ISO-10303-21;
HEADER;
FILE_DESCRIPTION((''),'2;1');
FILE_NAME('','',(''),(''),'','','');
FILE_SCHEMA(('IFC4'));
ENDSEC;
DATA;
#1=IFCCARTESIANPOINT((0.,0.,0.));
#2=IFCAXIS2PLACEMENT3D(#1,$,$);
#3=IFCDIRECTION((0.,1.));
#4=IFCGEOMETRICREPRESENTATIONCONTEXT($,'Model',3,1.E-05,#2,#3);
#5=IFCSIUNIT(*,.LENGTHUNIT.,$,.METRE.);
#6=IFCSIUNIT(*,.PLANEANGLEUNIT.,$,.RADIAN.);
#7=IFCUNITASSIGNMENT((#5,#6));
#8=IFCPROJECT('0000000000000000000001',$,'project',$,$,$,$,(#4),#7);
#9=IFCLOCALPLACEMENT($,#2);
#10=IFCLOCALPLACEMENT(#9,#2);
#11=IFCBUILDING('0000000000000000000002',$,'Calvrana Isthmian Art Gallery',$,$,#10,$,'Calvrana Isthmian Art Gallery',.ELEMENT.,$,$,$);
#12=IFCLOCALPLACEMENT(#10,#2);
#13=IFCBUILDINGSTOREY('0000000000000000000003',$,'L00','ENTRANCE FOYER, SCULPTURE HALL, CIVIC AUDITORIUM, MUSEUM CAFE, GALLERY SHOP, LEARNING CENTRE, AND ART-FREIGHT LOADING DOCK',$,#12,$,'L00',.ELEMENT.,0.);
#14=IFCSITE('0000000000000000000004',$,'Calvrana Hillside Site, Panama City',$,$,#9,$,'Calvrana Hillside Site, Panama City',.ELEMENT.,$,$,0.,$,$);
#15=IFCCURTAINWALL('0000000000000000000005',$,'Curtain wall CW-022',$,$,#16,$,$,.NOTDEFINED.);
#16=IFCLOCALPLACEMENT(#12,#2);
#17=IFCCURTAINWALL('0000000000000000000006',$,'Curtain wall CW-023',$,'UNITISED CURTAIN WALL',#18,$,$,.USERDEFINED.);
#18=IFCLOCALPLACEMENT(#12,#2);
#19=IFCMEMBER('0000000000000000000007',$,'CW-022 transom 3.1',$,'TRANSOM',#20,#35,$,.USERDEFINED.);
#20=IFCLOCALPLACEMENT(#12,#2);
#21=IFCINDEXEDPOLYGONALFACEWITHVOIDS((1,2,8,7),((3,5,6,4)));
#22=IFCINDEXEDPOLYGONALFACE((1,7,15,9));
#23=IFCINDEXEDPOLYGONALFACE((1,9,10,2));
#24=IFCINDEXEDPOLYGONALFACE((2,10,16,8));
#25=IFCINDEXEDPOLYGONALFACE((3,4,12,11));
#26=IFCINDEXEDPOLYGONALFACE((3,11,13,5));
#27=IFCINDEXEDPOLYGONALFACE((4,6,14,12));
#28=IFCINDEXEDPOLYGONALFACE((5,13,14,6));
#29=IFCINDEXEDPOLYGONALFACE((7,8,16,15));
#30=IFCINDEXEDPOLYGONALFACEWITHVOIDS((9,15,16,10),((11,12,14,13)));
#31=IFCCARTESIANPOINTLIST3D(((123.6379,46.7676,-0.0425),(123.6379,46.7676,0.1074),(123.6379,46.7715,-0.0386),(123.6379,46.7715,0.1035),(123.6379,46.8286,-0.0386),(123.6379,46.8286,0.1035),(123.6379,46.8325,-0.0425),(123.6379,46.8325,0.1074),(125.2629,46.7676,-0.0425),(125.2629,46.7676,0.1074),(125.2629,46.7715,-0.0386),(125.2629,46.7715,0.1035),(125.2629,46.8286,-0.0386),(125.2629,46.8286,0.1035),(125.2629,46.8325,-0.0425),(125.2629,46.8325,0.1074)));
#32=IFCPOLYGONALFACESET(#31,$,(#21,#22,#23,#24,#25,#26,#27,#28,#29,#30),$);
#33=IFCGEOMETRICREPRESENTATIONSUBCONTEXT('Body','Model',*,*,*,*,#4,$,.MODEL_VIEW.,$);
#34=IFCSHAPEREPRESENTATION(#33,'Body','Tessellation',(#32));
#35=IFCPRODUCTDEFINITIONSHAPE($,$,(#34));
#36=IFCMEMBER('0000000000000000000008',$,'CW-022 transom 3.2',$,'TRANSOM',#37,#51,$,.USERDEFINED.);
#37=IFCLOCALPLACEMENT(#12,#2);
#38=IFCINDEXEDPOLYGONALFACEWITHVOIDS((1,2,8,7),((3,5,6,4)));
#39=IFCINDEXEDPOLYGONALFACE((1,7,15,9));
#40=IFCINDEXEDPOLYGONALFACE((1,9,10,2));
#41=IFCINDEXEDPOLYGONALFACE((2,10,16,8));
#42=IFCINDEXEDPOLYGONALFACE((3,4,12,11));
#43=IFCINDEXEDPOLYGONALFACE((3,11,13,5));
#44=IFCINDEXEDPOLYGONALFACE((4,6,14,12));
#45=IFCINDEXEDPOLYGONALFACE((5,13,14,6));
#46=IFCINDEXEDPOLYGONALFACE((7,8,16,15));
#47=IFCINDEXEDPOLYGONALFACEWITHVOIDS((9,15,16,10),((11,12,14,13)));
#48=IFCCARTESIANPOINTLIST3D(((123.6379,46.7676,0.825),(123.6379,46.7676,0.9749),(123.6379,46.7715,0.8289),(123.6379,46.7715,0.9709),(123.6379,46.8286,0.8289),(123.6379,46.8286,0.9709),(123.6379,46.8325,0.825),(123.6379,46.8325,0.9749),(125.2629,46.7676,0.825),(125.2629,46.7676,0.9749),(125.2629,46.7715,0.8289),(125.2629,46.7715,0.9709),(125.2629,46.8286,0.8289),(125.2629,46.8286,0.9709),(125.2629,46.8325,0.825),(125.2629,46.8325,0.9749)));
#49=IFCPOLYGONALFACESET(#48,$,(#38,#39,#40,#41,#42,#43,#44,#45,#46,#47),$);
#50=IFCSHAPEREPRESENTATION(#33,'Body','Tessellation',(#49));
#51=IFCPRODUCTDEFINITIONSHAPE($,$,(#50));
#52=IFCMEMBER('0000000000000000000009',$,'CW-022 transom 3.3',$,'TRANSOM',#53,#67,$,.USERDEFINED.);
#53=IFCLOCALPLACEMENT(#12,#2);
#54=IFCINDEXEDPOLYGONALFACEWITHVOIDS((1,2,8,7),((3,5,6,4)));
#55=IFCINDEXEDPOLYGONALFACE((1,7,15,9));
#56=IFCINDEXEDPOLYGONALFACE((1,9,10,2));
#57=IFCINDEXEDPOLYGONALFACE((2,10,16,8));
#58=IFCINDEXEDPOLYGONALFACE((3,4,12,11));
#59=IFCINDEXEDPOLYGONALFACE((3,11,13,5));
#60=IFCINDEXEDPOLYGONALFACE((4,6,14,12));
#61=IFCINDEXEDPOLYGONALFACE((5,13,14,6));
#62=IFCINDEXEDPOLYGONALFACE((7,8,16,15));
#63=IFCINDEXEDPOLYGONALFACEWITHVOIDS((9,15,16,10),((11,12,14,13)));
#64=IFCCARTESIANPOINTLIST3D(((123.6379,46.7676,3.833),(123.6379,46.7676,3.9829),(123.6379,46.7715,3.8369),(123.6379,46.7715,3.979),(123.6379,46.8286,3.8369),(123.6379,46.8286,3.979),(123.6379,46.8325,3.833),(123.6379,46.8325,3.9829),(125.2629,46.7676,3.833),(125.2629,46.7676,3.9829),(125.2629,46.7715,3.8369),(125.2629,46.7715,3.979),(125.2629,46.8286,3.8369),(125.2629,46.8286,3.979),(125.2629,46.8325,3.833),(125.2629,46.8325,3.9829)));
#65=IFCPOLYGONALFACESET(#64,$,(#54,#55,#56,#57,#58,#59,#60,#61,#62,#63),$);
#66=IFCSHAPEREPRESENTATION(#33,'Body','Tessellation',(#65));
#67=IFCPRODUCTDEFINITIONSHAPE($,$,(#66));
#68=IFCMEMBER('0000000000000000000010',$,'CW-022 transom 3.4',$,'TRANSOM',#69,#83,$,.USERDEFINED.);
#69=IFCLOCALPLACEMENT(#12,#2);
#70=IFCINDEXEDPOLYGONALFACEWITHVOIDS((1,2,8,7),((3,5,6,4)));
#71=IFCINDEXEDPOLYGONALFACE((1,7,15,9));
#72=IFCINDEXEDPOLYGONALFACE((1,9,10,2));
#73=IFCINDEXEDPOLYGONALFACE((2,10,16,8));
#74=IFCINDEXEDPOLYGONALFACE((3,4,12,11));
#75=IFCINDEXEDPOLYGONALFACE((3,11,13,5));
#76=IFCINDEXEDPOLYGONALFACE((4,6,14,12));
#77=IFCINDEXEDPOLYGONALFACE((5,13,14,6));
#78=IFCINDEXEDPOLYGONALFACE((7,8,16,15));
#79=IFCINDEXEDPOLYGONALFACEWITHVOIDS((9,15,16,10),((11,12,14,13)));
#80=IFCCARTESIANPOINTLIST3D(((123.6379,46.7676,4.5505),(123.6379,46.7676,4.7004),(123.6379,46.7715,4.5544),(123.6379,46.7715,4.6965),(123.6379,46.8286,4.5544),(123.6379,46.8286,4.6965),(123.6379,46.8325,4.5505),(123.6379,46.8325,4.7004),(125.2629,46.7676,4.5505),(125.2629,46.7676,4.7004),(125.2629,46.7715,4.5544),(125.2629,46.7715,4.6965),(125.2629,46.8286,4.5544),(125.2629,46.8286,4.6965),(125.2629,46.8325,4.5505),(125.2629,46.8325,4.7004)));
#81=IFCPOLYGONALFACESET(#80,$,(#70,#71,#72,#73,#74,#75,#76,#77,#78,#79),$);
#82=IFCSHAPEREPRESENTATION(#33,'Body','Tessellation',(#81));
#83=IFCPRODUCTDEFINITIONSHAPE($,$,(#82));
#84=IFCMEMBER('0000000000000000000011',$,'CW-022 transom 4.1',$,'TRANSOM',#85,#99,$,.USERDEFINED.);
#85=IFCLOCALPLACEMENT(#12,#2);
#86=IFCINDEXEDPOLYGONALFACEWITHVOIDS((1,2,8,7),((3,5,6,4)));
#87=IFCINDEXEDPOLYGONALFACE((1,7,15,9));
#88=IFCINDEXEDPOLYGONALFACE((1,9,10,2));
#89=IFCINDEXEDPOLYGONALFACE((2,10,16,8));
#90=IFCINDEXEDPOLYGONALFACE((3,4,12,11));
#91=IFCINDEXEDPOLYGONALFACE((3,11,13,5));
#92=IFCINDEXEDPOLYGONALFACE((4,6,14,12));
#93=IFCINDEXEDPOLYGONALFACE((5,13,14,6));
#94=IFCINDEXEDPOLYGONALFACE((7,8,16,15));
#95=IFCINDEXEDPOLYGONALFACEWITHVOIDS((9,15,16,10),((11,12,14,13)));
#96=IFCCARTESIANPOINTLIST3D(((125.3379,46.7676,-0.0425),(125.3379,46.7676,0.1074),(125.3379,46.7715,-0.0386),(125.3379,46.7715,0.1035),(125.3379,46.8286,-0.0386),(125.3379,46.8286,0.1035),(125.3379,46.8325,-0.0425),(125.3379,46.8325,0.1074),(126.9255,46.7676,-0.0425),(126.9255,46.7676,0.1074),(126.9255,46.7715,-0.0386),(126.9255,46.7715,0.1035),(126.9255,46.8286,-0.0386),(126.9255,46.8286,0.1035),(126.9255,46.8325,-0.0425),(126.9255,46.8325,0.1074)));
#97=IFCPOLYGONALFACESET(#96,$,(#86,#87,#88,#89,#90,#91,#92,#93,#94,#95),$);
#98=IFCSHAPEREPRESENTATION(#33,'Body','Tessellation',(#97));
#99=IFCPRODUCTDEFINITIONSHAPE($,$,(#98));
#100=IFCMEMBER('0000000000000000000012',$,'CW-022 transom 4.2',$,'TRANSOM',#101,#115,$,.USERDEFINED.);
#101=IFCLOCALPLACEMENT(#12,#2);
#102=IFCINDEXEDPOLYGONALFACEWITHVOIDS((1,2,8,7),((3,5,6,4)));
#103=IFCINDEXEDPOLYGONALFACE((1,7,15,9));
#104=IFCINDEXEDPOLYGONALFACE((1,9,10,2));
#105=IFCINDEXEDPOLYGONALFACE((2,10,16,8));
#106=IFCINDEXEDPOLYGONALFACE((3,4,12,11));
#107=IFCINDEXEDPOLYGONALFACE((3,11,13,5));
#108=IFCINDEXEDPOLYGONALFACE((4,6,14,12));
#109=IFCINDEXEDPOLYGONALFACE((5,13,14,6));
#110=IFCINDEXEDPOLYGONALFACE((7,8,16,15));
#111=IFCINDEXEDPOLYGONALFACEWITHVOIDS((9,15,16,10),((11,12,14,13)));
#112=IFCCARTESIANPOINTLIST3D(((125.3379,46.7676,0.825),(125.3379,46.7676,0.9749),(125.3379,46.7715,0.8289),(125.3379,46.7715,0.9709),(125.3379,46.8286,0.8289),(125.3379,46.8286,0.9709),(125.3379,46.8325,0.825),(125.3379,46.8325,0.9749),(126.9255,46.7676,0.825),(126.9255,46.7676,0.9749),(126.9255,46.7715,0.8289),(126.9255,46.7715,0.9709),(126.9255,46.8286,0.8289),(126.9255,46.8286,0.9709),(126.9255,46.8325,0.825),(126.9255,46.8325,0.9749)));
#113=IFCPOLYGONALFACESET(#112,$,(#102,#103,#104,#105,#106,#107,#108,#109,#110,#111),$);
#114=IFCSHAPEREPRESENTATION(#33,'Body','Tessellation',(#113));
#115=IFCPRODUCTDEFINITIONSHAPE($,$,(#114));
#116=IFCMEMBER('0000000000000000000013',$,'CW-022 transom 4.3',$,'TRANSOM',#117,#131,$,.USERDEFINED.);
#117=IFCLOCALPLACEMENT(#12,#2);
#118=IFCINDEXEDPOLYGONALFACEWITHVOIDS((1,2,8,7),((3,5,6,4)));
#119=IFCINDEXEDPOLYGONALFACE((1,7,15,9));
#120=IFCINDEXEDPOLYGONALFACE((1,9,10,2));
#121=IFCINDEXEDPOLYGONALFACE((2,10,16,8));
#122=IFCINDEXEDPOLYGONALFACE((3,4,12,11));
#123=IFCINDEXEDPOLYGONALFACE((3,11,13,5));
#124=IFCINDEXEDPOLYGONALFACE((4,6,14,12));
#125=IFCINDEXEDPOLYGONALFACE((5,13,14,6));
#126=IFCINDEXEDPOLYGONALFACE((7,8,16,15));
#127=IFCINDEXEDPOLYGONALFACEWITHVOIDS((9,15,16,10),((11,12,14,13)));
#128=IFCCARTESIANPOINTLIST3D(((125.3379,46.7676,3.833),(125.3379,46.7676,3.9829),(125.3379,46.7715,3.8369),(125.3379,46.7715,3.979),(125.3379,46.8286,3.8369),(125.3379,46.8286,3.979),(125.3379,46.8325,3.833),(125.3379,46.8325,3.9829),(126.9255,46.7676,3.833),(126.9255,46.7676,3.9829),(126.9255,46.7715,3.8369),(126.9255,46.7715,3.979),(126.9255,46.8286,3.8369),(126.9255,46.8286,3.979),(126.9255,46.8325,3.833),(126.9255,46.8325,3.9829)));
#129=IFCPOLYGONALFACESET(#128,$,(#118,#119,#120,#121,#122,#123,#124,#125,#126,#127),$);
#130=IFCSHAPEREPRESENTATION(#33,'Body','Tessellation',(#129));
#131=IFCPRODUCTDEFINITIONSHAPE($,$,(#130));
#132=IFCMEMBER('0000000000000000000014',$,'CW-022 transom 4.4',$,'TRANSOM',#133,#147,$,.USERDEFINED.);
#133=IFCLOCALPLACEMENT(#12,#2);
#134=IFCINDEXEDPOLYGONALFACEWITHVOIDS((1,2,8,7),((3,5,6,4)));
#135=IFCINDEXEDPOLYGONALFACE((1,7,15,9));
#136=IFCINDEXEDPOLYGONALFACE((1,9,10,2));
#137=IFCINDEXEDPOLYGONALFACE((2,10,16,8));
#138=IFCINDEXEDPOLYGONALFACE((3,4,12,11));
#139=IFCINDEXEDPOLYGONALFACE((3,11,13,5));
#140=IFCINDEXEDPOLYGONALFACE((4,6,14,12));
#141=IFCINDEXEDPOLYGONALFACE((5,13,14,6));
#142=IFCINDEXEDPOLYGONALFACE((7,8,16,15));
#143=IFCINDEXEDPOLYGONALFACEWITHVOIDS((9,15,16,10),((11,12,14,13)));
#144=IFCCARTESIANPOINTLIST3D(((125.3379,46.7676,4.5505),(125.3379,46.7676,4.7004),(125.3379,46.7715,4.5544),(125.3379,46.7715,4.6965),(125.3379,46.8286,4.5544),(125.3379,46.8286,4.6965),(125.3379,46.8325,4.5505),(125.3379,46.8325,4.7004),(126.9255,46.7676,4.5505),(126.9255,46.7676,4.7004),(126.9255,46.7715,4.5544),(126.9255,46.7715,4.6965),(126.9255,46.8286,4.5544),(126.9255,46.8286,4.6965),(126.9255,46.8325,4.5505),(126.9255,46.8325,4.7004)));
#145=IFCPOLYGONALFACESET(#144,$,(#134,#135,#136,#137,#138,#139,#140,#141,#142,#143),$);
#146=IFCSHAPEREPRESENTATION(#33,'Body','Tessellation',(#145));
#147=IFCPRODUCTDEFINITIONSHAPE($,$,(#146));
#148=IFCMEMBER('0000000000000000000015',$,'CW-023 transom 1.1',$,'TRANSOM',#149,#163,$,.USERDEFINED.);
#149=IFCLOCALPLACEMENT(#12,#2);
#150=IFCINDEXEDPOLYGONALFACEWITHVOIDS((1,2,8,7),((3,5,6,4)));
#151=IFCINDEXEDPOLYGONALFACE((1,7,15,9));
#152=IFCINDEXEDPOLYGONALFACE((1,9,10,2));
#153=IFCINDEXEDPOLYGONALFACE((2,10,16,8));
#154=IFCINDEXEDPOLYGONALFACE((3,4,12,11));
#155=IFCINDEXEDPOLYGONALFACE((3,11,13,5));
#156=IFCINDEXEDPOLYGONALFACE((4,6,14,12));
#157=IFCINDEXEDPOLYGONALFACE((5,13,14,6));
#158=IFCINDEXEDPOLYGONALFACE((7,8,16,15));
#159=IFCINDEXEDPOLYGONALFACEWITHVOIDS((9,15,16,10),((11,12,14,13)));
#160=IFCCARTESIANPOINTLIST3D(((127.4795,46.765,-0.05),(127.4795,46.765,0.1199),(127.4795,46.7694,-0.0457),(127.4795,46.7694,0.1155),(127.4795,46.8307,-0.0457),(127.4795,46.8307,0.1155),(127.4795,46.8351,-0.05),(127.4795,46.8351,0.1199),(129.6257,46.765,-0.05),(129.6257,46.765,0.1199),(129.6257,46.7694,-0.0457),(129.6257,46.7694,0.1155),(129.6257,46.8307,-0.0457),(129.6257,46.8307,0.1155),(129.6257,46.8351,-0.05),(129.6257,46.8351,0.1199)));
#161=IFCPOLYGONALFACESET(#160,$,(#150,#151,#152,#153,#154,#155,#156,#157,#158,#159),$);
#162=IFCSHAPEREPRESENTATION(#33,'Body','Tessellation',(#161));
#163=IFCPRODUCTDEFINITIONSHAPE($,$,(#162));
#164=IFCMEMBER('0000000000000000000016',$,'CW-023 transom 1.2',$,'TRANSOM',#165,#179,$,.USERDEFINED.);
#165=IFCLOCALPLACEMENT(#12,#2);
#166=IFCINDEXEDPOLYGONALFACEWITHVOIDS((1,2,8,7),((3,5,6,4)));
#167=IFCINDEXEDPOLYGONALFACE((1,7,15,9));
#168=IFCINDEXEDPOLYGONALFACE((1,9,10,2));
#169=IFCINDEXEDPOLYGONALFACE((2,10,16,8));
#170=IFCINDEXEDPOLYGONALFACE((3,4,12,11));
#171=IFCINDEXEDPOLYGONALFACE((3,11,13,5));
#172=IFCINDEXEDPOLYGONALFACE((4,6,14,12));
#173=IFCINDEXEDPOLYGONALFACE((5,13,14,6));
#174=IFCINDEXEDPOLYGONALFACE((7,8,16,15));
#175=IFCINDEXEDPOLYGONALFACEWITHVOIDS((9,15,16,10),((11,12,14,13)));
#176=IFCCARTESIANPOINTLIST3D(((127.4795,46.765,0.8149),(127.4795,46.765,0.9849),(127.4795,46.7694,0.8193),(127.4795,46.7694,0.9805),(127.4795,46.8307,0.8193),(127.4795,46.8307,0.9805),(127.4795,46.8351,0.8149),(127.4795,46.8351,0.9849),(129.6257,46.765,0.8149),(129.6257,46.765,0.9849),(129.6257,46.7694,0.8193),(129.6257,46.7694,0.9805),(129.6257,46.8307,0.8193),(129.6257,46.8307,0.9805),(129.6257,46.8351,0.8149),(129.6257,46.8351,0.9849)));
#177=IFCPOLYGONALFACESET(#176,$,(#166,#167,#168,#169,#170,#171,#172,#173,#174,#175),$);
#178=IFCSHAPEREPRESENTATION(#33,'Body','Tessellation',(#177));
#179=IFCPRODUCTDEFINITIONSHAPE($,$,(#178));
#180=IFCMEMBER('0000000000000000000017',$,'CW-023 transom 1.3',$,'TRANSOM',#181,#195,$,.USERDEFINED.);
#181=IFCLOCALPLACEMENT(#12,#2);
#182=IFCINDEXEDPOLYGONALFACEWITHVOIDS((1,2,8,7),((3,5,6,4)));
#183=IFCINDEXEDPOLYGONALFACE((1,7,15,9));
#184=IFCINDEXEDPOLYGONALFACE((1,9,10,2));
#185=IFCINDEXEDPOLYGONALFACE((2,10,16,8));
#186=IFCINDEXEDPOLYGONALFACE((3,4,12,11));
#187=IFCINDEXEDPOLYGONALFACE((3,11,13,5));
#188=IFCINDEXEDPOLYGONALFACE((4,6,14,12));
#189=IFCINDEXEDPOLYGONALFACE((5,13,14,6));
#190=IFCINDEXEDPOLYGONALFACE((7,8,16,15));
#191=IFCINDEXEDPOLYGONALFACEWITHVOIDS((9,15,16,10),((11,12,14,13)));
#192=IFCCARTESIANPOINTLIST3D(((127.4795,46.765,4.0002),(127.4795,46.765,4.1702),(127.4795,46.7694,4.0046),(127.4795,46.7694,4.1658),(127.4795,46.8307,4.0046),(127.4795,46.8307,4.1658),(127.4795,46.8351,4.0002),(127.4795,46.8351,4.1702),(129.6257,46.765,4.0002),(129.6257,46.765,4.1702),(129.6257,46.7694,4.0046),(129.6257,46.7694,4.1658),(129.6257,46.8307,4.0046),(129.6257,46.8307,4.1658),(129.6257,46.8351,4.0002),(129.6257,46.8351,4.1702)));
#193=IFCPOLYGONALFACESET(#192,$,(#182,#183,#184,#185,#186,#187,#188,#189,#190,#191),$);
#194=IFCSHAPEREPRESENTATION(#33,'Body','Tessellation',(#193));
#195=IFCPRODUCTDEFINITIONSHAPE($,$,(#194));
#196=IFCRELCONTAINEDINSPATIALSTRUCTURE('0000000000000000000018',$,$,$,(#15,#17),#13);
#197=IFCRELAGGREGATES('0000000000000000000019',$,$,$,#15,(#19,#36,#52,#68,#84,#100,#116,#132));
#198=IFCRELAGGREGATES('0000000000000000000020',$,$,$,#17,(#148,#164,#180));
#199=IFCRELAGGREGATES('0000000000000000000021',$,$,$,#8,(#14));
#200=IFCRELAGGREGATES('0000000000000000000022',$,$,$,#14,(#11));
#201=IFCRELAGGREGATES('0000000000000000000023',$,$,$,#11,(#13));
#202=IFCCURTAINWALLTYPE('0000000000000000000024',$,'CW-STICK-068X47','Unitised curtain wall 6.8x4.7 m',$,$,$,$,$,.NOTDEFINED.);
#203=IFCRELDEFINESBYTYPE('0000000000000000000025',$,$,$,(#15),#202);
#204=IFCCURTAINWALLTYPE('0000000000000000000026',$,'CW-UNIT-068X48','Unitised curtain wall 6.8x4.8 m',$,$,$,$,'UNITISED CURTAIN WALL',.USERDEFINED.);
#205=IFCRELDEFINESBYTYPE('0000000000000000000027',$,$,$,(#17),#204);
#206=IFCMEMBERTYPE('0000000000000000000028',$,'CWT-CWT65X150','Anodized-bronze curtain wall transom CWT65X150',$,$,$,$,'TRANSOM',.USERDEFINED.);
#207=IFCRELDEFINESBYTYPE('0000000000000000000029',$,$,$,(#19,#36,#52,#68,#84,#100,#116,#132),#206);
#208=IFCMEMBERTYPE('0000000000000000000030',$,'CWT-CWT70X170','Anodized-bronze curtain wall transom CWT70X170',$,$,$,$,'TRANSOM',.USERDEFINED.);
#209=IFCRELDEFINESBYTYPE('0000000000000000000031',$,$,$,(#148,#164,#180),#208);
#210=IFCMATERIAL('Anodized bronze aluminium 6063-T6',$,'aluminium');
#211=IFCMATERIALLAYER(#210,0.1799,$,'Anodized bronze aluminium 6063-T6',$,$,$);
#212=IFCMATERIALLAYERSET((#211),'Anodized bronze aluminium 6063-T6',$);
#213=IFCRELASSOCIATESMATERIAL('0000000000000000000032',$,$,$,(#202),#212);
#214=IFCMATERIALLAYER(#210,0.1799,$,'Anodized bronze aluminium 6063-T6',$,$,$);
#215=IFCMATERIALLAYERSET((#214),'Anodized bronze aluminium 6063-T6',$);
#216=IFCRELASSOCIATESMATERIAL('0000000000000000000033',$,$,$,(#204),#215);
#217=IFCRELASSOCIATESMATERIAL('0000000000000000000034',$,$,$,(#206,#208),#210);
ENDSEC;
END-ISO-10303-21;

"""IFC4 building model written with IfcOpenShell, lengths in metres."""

from ifc_helpers import new_model, si_unit, direction, frame, origin, origin_2d, place, context, subcontext, project, spatial, hollow_rectangle, extrude, material, layer, layer_set, material_profile, profile_set, type_object, element, aggregate, save


model = new_model("IFC4")

# Units and contexts
model_context = context("Model", 3, precision=1e-05, world=origin(), true_north=direction((0.0, 1.0)))
body_context = subcontext(model_context, "Body", "Model", "MODEL_VIEW")
ifc_project = project(units=[si_unit("LENGTHUNIT", "METRE"), si_unit("PLANEANGLEUNIT", "RADIAN")], contexts=[model_context])

# Site, building, storey
site_placement = place(None, origin())
site = spatial("IfcSite", under=ifc_project, at=site_placement, Name="Calvrana Hillside Site, Panama City", LongName="Calvrana Hillside Site, Panama City", CompositionType="ELEMENT", RefElevation=0.0)
building_placement = place(site_placement, origin())
building = spatial("IfcBuilding", under=site, at=building_placement, Name="Calvrana Isthmian Art Gallery", LongName="Calvrana Isthmian Art Gallery", CompositionType="ELEMENT")
storey_placement = place(building_placement, origin())
storey = spatial("IfcBuildingStorey", under=building, at=storey_placement, Name="L00", Description="ENTRANCE FOYER, SCULPTURE HALL, CIVIC AUDITORIUM, MUSEUM CAFE, GALLERY SHOP, LEARNING CENTRE, AND ART-FREIGHT LOADING DOCK", LongName="L00", CompositionType="ELEMENT", Elevation=0.0)

# Curtain walls
ifc_material_1 = material(Name="Anodized bronze aluminium 6063-T6", Category="aluminium")
ifc_layer_1 = layer(ifc_material_1, 0.1799, Name="Anodized bronze aluminium 6063-T6")
ifc_layer_set_1 = layer_set([ifc_layer_1], Name="Anodized bronze aluminium 6063-T6")
curtain_wall_type_1 = type_object("IfcCurtainWallType", Name="CW-STICK-068X47", Description="Unitised curtain wall 6.8x4.7 m", PredefinedType="NOTDEFINED", material=ifc_layer_set_1)
curtain_wall_1_placement = place(storey_placement, origin())
curtain_wall_1 = element("IfcCurtainWall", 1, at=curtain_wall_1_placement, inside=storey, type_object=curtain_wall_type_1, Name="Curtain wall CW-022", PredefinedType="NOTDEFINED")
ifc_layer_2 = layer(ifc_material_1, 0.1799, Name="Anodized bronze aluminium 6063-T6")
ifc_layer_set_2 = layer_set([ifc_layer_2], Name="Anodized bronze aluminium 6063-T6")
curtain_wall_type_2 = type_object("IfcCurtainWallType", Name="CW-UNIT-068X48", Description="Unitised curtain wall 6.8x4.8 m", ElementType="UNITISED CURTAIN WALL", PredefinedType="USERDEFINED", material=ifc_layer_set_2)
curtain_wall_2_placement = place(storey_placement, origin())
curtain_wall_2 = element("IfcCurtainWall", 2, at=curtain_wall_2_placement, inside=storey, type_object=curtain_wall_type_2, Name="Curtain wall CW-023", ObjectType="UNITISED CURTAIN WALL", PredefinedType="USERDEFINED")

# Members
ifc_material_profile_1 = material_profile(ifc_material_1, hollow_rectangle(XDim=0.0649, YDim=0.1499, WallThickness=0.0039, at=origin_2d()), Name="CWT65X150")
ifc_profile_set_1 = profile_set([ifc_material_profile_1], Name="Anodized bronze aluminium 6063-T6")
member_type_1 = type_object("IfcMemberType", Name="CWT-CWT65X150", Description="Anodized-bronze curtain wall transom CWT65X150", ElementType="TRANSOM", PredefinedType="USERDEFINED", material=ifc_profile_set_1)
member_1_placement = place(storey_placement, frame((123.6379, 46.8, 0.0325), z_axis=(1.0, 0.0, 0.0), x_axis=(0.0, 1.0, 0.0)))
member_1 = element("IfcMember", 3, at=member_1_placement, type_object=member_type_1, Name="CW-022 transom 3.1", ObjectType="TRANSOM", PredefinedType="USERDEFINED", context=body_context, shape_type="SweptSolid", body=[
    extrude(hollow_rectangle(XDim=0.0649, YDim=0.1499, WallThickness=0.0039, at=origin_2d()), origin(), (0.0, 0.0, 1.0), 1.625),
])
member_2_placement = place(storey_placement, frame((123.6379, 46.8, 0.8999), z_axis=(1.0, 0.0, 0.0), x_axis=(0.0, 1.0, 0.0)))
member_2 = element("IfcMember", 4, at=member_2_placement, type_object=member_type_1, Name="CW-022 transom 3.2", ObjectType="TRANSOM", PredefinedType="USERDEFINED", context=body_context, shape_type="SweptSolid", body=[
    extrude(hollow_rectangle(XDim=0.0649, YDim=0.1499, WallThickness=0.0039, at=origin_2d()), origin(), (0.0, 0.0, 1.0), 1.625),
])
member_3_placement = place(storey_placement, frame((123.6379, 46.8, 3.908), z_axis=(1.0, 0.0, 0.0), x_axis=(0.0, 1.0, 0.0)))
member_3 = element("IfcMember", 5, at=member_3_placement, type_object=member_type_1, Name="CW-022 transom 3.3", ObjectType="TRANSOM", PredefinedType="USERDEFINED", context=body_context, shape_type="SweptSolid", body=[
    extrude(hollow_rectangle(XDim=0.0649, YDim=0.1499, WallThickness=0.0039, at=origin_2d()), origin(), (0.0, 0.0, 1.0), 1.625),
])
member_4_placement = place(storey_placement, frame((123.6379, 46.8, 4.6255), z_axis=(1.0, 0.0, 0.0), x_axis=(0.0, 1.0, 0.0)))
member_4 = element("IfcMember", 6, at=member_4_placement, type_object=member_type_1, Name="CW-022 transom 3.4", ObjectType="TRANSOM", PredefinedType="USERDEFINED", context=body_context, shape_type="SweptSolid", body=[
    extrude(hollow_rectangle(XDim=0.0649, YDim=0.1499, WallThickness=0.0039, at=origin_2d()), origin(), (0.0, 0.0, 1.0), 1.625),
])
member_5_placement = place(storey_placement, frame((125.3379, 46.8, 0.0325), z_axis=(1.0, 0.0, 0.0), x_axis=(0.0, 1.0, 0.0)))
member_5 = element("IfcMember", 7, at=member_5_placement, type_object=member_type_1, Name="CW-022 transom 4.1", ObjectType="TRANSOM", PredefinedType="USERDEFINED", context=body_context, shape_type="SweptSolid", body=[
    extrude(hollow_rectangle(XDim=0.0649, YDim=0.1499, WallThickness=0.0039, at=origin_2d()), origin(), (0.0, 0.0, 1.0), 1.5876),
])
member_6_placement = place(storey_placement, frame((125.3379, 46.8, 0.8999), z_axis=(1.0, 0.0, 0.0), x_axis=(0.0, 1.0, 0.0)))
member_6 = element("IfcMember", 8, at=member_6_placement, type_object=member_type_1, Name="CW-022 transom 4.2", ObjectType="TRANSOM", PredefinedType="USERDEFINED", context=body_context, shape_type="SweptSolid", body=[
    extrude(hollow_rectangle(XDim=0.0649, YDim=0.1499, WallThickness=0.0039, at=origin_2d()), origin(), (0.0, 0.0, 1.0), 1.5876),
])
member_7_placement = place(storey_placement, frame((125.3379, 46.8, 3.908), z_axis=(1.0, 0.0, 0.0), x_axis=(0.0, 1.0, 0.0)))
member_7 = element("IfcMember", 9, at=member_7_placement, type_object=member_type_1, Name="CW-022 transom 4.3", ObjectType="TRANSOM", PredefinedType="USERDEFINED", context=body_context, shape_type="SweptSolid", body=[
    extrude(hollow_rectangle(XDim=0.0649, YDim=0.1499, WallThickness=0.0039, at=origin_2d()), origin(), (0.0, 0.0, 1.0), 1.5876),
])
member_8_placement = place(storey_placement, frame((125.3379, 46.8, 4.6255), z_axis=(1.0, 0.0, 0.0), x_axis=(0.0, 1.0, 0.0)))
member_8 = element("IfcMember", 10, at=member_8_placement, type_object=member_type_1, Name="CW-022 transom 4.4", ObjectType="TRANSOM", PredefinedType="USERDEFINED", context=body_context, shape_type="SweptSolid", body=[
    extrude(hollow_rectangle(XDim=0.0649, YDim=0.1499, WallThickness=0.0039, at=origin_2d()), origin(), (0.0, 0.0, 1.0), 1.5876),
])
ifc_material_profile_2 = material_profile(ifc_material_1, hollow_rectangle(XDim=0.0701, YDim=0.1699, WallThickness=0.0044, at=origin_2d()), Name="CWT70X170")
ifc_profile_set_2 = profile_set([ifc_material_profile_2], Name="Anodized bronze aluminium 6063-T6")
member_type_2 = type_object("IfcMemberType", Name="CWT-CWT70X170", Description="Anodized-bronze curtain wall transom CWT70X170", ElementType="TRANSOM", PredefinedType="USERDEFINED", material=ifc_profile_set_2)
member_9_placement = place(storey_placement, frame((127.4795, 46.8, 0.0349), z_axis=(1.0, 0.0, 0.0), x_axis=(0.0, 1.0, 0.0)))
member_9 = element("IfcMember", 11, at=member_9_placement, type_object=member_type_2, Name="CW-023 transom 1.1", ObjectType="TRANSOM", PredefinedType="USERDEFINED", context=body_context, shape_type="SweptSolid", body=[
    extrude(hollow_rectangle(XDim=0.0701, YDim=0.1699, WallThickness=0.0044, at=origin_2d()), origin(), (0.0, 0.0, 1.0), 2.1462),
])
member_10_placement = place(storey_placement, frame((127.4795, 46.8, 0.8999), z_axis=(1.0, 0.0, 0.0), x_axis=(0.0, 1.0, 0.0)))
member_10 = element("IfcMember", 12, at=member_10_placement, type_object=member_type_2, Name="CW-023 transom 1.2", ObjectType="TRANSOM", PredefinedType="USERDEFINED", context=body_context, shape_type="SweptSolid", body=[
    extrude(hollow_rectangle(XDim=0.0701, YDim=0.1699, WallThickness=0.0044, at=origin_2d()), origin(), (0.0, 0.0, 1.0), 2.1462),
])
member_11_placement = place(storey_placement, frame((127.4795, 46.8, 4.0852), z_axis=(1.0, 0.0, 0.0), x_axis=(0.0, 1.0, 0.0)))
member_11 = element("IfcMember", 13, at=member_11_placement, type_object=member_type_2, Name="CW-023 transom 1.3", ObjectType="TRANSOM", PredefinedType="USERDEFINED", context=body_context, shape_type="SweptSolid", body=[
    extrude(hollow_rectangle(XDim=0.0701, YDim=0.1699, WallThickness=0.0044, at=origin_2d()), origin(), (0.0, 0.0, 1.0), 2.1462),
])

aggregate(curtain_wall_1, [member_1, member_2, member_3, member_4, member_5, member_6, member_7, member_8])
aggregate(curtain_wall_2, [member_9, member_10, member_11])

save(model, "model.ifc")
